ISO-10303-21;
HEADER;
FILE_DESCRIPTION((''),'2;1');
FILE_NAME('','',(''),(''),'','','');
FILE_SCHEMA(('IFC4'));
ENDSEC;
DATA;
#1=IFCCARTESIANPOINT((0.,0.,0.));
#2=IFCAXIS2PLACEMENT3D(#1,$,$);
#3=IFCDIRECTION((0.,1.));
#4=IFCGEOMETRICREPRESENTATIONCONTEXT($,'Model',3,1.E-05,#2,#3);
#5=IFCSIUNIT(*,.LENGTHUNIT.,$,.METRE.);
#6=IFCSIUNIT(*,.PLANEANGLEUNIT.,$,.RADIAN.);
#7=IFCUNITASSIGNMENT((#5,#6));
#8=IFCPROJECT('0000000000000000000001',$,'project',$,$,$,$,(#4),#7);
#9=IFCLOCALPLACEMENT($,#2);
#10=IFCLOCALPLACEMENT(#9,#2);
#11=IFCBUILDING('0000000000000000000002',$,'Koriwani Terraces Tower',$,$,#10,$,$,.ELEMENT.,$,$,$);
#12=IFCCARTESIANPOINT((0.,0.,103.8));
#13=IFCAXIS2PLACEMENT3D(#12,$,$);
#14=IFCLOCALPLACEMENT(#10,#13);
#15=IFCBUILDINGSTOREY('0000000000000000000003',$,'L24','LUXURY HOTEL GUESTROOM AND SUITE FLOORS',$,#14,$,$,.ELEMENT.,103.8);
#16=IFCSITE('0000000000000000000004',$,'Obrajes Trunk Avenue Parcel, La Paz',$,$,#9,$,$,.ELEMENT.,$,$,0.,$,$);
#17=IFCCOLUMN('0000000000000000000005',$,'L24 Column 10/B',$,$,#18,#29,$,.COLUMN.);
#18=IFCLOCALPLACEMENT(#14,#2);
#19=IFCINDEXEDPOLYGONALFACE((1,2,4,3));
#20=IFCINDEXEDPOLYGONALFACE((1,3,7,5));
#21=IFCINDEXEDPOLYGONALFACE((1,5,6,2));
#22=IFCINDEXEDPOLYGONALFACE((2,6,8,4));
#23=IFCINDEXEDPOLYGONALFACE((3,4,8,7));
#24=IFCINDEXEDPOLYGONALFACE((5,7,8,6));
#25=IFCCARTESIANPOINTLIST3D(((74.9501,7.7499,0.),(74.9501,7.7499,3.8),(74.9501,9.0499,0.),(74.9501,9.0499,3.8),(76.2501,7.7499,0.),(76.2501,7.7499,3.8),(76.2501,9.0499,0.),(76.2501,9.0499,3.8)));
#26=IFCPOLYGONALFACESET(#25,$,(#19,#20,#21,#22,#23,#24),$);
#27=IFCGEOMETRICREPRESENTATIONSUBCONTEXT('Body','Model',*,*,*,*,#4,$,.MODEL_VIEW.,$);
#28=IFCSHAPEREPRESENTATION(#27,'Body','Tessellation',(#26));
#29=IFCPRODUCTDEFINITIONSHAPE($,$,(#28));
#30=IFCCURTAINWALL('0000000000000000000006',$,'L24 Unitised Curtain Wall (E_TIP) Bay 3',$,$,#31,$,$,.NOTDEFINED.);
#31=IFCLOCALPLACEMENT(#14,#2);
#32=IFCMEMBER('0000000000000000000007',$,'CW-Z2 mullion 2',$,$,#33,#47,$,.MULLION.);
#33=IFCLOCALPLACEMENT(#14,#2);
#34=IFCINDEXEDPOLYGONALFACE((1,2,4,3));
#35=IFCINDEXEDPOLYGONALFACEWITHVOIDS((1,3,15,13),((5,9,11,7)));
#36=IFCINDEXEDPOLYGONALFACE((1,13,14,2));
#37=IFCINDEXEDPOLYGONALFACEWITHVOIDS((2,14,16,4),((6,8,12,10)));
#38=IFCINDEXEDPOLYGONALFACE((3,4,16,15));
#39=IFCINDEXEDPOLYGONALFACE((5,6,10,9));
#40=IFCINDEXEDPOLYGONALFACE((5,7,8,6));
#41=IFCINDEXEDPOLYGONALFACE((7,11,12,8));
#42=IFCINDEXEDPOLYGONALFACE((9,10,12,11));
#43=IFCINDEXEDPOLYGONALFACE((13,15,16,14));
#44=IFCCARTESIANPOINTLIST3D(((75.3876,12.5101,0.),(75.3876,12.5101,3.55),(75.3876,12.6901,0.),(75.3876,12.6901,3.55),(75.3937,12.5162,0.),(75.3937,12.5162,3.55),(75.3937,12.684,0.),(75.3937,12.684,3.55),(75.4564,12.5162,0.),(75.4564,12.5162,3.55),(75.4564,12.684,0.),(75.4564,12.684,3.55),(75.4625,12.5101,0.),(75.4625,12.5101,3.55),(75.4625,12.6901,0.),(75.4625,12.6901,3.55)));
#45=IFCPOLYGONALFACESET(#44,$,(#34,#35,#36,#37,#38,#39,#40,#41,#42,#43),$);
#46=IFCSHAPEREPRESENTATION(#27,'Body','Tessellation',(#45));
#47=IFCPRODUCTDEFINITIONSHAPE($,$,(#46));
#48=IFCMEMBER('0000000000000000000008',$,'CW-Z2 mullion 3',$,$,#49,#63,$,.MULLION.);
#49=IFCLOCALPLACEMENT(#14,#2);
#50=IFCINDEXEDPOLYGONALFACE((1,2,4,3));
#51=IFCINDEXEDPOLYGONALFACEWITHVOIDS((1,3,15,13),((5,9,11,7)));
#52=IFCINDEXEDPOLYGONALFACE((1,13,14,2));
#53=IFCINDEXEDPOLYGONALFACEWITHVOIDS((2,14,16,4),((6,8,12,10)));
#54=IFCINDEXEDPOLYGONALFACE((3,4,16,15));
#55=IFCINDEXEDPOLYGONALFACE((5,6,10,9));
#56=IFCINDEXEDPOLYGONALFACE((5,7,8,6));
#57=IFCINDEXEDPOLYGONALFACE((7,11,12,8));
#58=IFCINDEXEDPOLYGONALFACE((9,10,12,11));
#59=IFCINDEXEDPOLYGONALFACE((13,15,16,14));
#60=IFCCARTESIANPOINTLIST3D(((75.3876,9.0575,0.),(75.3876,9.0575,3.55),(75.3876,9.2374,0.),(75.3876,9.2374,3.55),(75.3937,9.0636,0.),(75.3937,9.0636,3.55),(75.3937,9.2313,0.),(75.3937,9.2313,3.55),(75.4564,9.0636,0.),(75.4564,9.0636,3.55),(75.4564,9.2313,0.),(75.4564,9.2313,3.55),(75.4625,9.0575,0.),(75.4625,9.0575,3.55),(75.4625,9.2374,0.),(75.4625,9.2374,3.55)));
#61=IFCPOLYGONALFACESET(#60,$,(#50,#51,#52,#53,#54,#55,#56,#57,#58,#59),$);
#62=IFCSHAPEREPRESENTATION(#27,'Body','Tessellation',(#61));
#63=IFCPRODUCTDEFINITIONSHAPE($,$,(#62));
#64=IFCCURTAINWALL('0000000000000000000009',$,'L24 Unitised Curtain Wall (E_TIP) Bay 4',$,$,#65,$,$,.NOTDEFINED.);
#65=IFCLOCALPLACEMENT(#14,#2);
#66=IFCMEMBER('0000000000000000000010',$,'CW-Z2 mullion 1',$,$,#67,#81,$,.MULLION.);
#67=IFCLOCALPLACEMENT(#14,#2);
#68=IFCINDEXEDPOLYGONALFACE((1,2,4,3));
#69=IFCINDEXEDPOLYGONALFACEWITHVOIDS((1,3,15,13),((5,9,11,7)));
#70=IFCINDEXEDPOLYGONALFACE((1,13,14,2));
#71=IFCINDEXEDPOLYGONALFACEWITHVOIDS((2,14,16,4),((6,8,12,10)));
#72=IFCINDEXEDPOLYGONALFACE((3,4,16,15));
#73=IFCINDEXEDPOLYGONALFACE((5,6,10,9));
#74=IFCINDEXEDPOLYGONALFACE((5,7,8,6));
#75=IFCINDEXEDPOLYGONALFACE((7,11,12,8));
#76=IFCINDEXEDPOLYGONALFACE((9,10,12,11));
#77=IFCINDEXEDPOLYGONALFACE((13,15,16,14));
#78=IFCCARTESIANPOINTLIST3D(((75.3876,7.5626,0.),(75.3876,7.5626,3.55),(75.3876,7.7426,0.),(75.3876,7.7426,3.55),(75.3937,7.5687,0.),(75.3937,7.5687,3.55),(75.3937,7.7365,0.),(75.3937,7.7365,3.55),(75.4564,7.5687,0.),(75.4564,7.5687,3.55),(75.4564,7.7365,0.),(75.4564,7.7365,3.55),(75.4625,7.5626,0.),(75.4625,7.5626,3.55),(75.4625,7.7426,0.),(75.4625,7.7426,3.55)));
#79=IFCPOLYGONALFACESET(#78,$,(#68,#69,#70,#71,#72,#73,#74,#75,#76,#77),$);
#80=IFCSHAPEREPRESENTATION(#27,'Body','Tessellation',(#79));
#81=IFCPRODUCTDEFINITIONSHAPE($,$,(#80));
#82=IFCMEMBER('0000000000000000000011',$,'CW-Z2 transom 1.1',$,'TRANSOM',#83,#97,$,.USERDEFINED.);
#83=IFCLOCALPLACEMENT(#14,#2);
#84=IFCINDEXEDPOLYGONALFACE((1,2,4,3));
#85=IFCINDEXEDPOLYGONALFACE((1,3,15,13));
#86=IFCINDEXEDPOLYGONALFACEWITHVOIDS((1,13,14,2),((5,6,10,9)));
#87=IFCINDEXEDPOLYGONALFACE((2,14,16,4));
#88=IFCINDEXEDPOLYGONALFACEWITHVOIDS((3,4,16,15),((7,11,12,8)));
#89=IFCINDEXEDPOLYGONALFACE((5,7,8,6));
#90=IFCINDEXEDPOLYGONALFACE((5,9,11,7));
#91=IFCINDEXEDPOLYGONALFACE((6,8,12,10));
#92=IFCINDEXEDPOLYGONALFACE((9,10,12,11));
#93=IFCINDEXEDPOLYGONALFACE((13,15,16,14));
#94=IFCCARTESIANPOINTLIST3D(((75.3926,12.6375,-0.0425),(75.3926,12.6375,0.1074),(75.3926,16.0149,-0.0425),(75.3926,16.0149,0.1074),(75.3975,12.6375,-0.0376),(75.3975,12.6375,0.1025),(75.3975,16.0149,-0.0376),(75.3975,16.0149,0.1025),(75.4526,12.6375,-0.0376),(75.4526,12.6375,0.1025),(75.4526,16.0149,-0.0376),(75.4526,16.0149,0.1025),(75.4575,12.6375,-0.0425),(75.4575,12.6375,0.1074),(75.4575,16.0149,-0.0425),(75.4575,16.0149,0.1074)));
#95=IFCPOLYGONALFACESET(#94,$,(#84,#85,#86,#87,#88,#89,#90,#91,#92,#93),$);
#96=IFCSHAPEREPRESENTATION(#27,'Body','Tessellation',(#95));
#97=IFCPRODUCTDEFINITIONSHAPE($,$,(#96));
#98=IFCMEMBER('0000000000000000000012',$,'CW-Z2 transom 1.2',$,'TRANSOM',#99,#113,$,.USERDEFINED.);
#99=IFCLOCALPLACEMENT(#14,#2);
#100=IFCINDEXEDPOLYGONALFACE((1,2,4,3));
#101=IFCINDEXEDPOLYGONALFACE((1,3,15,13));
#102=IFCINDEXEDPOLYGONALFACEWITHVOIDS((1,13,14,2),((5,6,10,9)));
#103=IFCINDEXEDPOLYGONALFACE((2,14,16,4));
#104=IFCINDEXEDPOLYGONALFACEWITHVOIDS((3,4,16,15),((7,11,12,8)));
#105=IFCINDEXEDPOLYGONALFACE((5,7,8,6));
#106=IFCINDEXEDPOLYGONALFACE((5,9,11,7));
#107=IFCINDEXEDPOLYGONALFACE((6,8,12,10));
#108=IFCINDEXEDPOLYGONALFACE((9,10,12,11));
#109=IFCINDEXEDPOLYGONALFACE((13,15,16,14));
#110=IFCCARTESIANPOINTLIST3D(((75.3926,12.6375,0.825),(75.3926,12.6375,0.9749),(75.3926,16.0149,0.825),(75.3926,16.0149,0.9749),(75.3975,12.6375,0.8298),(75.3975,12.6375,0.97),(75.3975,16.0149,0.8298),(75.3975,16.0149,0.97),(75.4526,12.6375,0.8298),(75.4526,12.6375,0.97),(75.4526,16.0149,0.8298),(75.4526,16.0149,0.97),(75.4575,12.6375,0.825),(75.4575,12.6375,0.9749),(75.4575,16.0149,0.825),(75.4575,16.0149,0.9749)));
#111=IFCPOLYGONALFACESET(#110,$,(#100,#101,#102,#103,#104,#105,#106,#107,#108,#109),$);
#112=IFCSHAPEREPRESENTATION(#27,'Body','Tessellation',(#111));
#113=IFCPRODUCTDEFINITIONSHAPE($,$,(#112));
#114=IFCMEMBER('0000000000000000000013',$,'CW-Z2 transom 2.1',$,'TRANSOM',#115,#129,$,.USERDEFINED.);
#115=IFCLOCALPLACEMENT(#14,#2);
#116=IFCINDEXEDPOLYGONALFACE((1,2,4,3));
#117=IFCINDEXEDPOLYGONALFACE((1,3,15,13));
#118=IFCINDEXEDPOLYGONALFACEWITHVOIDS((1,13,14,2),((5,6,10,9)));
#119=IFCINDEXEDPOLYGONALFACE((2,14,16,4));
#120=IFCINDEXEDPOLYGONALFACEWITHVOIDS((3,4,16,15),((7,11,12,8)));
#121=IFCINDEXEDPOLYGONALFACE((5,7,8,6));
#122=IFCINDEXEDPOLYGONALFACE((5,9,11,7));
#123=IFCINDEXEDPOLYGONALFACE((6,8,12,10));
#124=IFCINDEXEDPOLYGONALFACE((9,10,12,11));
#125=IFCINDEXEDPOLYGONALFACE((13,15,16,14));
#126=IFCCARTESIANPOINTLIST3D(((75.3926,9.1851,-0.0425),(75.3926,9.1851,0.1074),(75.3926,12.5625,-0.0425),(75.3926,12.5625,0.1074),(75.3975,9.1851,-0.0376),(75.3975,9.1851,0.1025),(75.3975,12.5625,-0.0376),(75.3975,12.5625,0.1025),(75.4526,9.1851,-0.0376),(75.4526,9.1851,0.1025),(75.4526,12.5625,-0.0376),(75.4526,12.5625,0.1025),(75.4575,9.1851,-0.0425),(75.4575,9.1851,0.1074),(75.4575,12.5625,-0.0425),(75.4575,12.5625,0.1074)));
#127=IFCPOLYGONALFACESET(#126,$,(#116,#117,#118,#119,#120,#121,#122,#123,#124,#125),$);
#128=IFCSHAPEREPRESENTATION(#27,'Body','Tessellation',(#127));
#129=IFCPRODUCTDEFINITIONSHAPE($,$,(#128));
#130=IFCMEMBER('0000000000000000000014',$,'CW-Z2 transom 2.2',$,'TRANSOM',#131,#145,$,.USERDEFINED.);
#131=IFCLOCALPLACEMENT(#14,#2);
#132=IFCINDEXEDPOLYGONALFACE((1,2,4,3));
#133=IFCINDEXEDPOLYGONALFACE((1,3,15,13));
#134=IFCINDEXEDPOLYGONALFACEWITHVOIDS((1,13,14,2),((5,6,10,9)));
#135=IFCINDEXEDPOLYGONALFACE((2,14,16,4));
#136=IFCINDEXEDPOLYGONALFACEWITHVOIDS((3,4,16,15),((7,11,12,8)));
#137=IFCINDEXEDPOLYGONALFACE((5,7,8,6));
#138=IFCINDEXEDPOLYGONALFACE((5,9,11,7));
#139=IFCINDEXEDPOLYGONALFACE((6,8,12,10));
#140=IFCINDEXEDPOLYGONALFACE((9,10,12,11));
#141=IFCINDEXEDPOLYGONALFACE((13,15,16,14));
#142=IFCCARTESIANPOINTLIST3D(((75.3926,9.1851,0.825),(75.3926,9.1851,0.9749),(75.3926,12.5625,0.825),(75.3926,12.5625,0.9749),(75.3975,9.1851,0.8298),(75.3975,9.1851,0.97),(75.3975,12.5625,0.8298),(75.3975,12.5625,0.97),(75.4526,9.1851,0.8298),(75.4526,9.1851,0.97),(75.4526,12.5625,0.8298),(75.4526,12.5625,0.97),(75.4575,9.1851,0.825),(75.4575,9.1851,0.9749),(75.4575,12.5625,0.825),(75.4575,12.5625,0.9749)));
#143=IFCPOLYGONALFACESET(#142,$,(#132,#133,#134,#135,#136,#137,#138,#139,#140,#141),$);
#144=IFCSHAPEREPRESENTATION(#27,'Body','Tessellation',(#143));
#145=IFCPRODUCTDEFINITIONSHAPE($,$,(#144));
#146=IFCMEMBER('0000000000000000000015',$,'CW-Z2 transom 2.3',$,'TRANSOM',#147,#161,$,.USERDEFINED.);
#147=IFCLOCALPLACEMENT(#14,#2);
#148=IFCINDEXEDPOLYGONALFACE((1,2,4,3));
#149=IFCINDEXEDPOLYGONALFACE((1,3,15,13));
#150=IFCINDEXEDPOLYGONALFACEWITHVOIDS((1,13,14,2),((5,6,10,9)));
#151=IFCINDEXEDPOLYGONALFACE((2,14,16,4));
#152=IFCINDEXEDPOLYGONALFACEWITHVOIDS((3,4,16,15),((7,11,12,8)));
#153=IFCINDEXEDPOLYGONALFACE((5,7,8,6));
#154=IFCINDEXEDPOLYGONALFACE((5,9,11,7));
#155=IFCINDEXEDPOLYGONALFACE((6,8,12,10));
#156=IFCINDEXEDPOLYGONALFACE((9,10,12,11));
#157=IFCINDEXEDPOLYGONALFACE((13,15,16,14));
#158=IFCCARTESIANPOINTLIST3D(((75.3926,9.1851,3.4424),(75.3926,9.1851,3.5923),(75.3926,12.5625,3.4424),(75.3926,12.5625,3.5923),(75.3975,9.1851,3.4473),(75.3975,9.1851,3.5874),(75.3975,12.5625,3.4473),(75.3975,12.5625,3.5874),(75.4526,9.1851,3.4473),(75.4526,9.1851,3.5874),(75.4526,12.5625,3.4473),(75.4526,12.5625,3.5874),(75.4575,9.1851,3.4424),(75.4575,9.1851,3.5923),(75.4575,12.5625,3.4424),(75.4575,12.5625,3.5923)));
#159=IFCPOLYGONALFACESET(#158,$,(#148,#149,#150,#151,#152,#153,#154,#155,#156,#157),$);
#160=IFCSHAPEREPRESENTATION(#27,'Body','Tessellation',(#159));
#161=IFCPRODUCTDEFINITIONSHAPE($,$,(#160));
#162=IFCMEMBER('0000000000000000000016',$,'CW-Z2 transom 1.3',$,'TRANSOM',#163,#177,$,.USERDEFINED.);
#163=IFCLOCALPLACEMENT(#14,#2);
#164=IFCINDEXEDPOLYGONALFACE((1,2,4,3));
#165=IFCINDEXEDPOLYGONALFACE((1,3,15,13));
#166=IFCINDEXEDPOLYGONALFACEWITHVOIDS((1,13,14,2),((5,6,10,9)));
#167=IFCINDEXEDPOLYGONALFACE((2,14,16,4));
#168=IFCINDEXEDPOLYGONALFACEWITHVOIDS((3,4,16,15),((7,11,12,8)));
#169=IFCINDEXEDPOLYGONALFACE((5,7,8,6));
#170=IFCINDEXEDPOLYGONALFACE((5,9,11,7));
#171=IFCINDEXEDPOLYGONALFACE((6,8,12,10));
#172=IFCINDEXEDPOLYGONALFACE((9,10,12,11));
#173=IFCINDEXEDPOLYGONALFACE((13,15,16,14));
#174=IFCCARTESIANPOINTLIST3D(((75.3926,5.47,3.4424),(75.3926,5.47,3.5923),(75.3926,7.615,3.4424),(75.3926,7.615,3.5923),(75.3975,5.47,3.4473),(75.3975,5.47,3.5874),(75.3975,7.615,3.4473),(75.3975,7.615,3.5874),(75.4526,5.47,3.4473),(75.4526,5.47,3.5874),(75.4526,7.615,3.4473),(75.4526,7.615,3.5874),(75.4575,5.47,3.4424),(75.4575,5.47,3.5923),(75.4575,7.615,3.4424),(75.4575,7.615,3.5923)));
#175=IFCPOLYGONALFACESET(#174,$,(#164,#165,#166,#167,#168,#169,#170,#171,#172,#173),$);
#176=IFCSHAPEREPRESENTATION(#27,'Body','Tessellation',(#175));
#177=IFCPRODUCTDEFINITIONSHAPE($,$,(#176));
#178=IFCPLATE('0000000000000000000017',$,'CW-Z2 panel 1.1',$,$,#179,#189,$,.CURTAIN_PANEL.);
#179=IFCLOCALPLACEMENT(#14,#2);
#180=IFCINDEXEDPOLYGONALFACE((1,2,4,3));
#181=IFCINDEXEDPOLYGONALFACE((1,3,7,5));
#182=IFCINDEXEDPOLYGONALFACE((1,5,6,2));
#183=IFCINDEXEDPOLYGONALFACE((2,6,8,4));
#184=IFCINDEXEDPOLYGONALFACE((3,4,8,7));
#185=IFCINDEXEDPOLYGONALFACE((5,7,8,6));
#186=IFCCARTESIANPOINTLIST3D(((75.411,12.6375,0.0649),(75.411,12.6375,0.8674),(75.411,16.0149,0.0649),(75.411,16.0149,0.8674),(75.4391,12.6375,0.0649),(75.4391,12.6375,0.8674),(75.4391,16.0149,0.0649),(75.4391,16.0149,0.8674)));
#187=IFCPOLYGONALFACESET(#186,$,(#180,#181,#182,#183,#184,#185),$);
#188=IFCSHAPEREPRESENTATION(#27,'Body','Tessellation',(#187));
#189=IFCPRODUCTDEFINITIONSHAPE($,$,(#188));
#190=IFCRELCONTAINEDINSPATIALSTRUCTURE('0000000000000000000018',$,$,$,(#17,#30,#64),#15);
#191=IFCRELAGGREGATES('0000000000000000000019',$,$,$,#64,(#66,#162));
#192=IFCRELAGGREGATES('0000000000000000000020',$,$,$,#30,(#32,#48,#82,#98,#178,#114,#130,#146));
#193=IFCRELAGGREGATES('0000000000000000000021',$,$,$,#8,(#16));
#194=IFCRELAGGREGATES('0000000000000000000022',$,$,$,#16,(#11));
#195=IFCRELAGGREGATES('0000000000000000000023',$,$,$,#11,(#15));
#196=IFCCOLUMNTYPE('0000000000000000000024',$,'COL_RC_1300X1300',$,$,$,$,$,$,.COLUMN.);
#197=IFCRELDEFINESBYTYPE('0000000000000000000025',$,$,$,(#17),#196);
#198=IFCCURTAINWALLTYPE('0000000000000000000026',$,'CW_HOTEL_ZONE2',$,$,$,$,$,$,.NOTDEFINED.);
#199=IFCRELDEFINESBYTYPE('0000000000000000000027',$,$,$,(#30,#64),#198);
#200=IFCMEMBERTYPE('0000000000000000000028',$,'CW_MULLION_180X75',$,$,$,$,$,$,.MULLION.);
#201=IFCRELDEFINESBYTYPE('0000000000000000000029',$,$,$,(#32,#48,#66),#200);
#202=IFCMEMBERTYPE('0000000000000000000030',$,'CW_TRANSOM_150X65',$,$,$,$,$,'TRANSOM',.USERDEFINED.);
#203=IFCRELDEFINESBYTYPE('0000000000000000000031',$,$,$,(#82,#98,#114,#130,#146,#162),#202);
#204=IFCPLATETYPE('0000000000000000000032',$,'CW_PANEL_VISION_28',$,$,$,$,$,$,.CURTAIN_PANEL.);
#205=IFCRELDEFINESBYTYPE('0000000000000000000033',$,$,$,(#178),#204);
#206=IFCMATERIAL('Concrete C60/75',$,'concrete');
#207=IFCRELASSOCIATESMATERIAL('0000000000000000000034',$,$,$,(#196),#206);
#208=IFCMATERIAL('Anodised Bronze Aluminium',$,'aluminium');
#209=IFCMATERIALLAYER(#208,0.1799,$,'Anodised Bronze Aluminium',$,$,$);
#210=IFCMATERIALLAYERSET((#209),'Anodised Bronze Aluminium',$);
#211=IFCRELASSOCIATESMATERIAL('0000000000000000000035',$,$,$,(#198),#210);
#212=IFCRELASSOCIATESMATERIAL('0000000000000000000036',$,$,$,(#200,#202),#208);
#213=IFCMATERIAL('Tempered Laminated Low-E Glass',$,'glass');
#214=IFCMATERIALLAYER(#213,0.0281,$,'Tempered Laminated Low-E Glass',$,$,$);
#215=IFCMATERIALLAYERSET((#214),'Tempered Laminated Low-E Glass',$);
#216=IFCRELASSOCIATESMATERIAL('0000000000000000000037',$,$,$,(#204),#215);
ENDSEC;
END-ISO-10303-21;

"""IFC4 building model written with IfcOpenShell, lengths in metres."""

from ifc_helpers import new_model, si_unit, direction, frame, origin, origin_2d, place, context, subcontext, project, spatial, rectangle, hollow_rectangle, extrude, material, layer, layer_set, material_profile, profile_set, type_object, element, aggregate, save


model = new_model("IFC4")

# Units and contexts
model_context = context("Model", 3, precision=1e-05, world=origin(), true_north=direction((0.0, 1.0)))
body_context = subcontext(model_context, "Body", "Model", "MODEL_VIEW")
ifc_project = project(units=[si_unit("LENGTHUNIT", "METRE"), si_unit("PLANEANGLEUNIT", "RADIAN")], contexts=[model_context])

# Site, building, storey
site_placement = place(None, origin())
site = spatial("IfcSite", under=ifc_project, at=site_placement, Name="Obrajes Trunk Avenue Parcel, La Paz", CompositionType="ELEMENT", RefElevation=0.0)
building_placement = place(site_placement, origin())
building = spatial("IfcBuilding", under=site, at=building_placement, Name="Koriwani Terraces Tower", CompositionType="ELEMENT")
storey_placement = place(building_placement, frame((0.0, 0.0, 103.8)))
storey = spatial("IfcBuildingStorey", under=building, at=storey_placement, Name="L24", Description="LUXURY HOTEL GUESTROOM AND SUITE FLOORS", CompositionType="ELEMENT", Elevation=103.8)

# Column
ifc_material_1 = material(Name="Concrete C60/75", Category="concrete")
ifc_material_profile_1 = material_profile(ifc_material_1, rectangle(XDim=1.3, YDim=1.3, at=origin_2d()), Name="Concrete C60/75", Category="LoadBearing")
ifc_profile_set_1 = profile_set([ifc_material_profile_1], Name="Concrete C60/75")
column_type = type_object("IfcColumnType", Name="COL_RC_1300X1300", PredefinedType="COLUMN", material=ifc_profile_set_1)
column_placement = place(storey_placement, frame((75.6001, 8.3999, 0.0), z_axis=(0.0, 0.0, 1.0), x_axis=(1.0, 0.0, 0.0)))
element("IfcColumn", 1, at=column_placement, inside=storey, type_object=column_type, Name="L24 Column 10/B", PredefinedType="COLUMN", context=body_context, shape_type="SweptSolid", body=[
    extrude(rectangle(XDim=1.3, YDim=1.3, at=origin_2d()), origin(), (0.0, 0.0, 1.0), 3.8),
])

# Curtain wall, members
ifc_material_2 = material(Name="Anodised Bronze Aluminium", Category="aluminium")
ifc_layer_1 = layer(ifc_material_2, 0.1799, Name="Anodised Bronze Aluminium")
ifc_layer_set_1 = layer_set([ifc_layer_1], Name="Anodised Bronze Aluminium")
curtain_wall_type = type_object("IfcCurtainWallType", Name="CW_HOTEL_ZONE2", PredefinedType="NOTDEFINED", material=ifc_layer_set_1)
curtain_wall_1_placement = place(storey_placement, origin())
curtain_wall_1 = element("IfcCurtainWall", 2, at=curtain_wall_1_placement, inside=storey, type_object=curtain_wall_type, Name="L24 Unitised Curtain Wall (E_TIP) Bay 3", PredefinedType="NOTDEFINED")
ifc_material_profile_2 = material_profile(ifc_material_2, hollow_rectangle(XDim=0.075, YDim=0.1799, WallThickness=0.0061, at=origin_2d()), Name="Anodised Bronze Aluminium", Category="LoadBearing")
ifc_profile_set_2 = profile_set([ifc_material_profile_2], Name="Anodised Bronze Aluminium")
member_type_1 = type_object("IfcMemberType", Name="CW_MULLION_180X75", PredefinedType="MULLION", material=ifc_profile_set_2)
member_1_placement = place(storey_placement, frame((75.425, 12.6001, 0.0), z_axis=(0.0, 0.0, 1.0), x_axis=(1.0, 0.0, 0.0)))
member_1 = element("IfcMember", 3, at=member_1_placement, type_object=member_type_1, Name="CW-Z2 mullion 2", PredefinedType="MULLION", context=body_context, shape_type="SweptSolid", body=[
    extrude(hollow_rectangle(XDim=0.075, YDim=0.1799, WallThickness=0.0061, at=origin_2d()), origin(), (0.0, 0.0, 1.0), 3.55),
])
member_2_placement = place(storey_placement, frame((75.425, 9.1475, 0.0), z_axis=(0.0, 0.0, 1.0), x_axis=(1.0, 0.0, 0.0)))
member_2 = element("IfcMember", 4, at=member_2_placement, type_object=member_type_1, Name="CW-Z2 mullion 3", PredefinedType="MULLION", context=body_context, shape_type="SweptSolid", body=[
    extrude(hollow_rectangle(XDim=0.075, YDim=0.1799, WallThickness=0.0061, at=origin_2d()), origin(), (0.0, 0.0, 1.0), 3.55),
])

# Curtain wall, member
curtain_wall_2_placement = place(storey_placement, origin())
curtain_wall_2 = element("IfcCurtainWall", 5, at=curtain_wall_2_placement, inside=storey, type_object=curtain_wall_type, Name="L24 Unitised Curtain Wall (E_TIP) Bay 4", PredefinedType="NOTDEFINED")
member_3_placement = place(storey_placement, frame((75.425, 7.6526, 0.0), z_axis=(0.0, 0.0, 1.0), x_axis=(1.0, 0.0, 0.0)))
member_3 = element("IfcMember", 6, at=member_3_placement, type_object=member_type_1, Name="CW-Z2 mullion 1", PredefinedType="MULLION", context=body_context, shape_type="SweptSolid", body=[
    extrude(hollow_rectangle(XDim=0.075, YDim=0.1799, WallThickness=0.0061, at=origin_2d()), origin(), (0.0, 0.0, 1.0), 3.55),
])

# Members
ifc_material_profile_3 = material_profile(ifc_material_2, hollow_rectangle(XDim=0.0649, YDim=0.1499, WallThickness=0.0049, at=origin_2d()), Name="Anodised Bronze Aluminium", Category="LoadBearing")
ifc_profile_set_3 = profile_set([ifc_material_profile_3], Name="Anodised Bronze Aluminium")
member_type_2 = type_object("IfcMemberType", Name="CW_TRANSOM_150X65", ElementType="TRANSOM", PredefinedType="USERDEFINED", material=ifc_profile_set_3)
member_4_placement = place(storey_placement, frame((75.425, 16.0149, 0.0325), z_axis=(0.0, -1.0, 0.0), x_axis=(1.0, 0.0, 0.0)))
member_4 = element("IfcMember", 7, at=member_4_placement, type_object=member_type_2, Name="CW-Z2 transom 1.1", ObjectType="TRANSOM", PredefinedType="USERDEFINED", context=body_context, shape_type="SweptSolid", body=[
    extrude(hollow_rectangle(XDim=0.0649, YDim=0.1499, WallThickness=0.0049, at=origin_2d()), origin(), (0.0, 0.0, 1.0), 3.3774),
])
member_5_placement = place(storey_placement, frame((75.425, 16.0149, 0.8999), z_axis=(0.0, -1.0, 0.0), x_axis=(1.0, 0.0, 0.0)))
member_5 = element("IfcMember", 8, at=member_5_placement, type_object=member_type_2, Name="CW-Z2 transom 1.2", ObjectType="TRANSOM", PredefinedType="USERDEFINED", context=body_context, shape_type="SweptSolid", body=[
    extrude(hollow_rectangle(XDim=0.0649, YDim=0.1499, WallThickness=0.0049, at=origin_2d()), origin(), (0.0, 0.0, 1.0), 3.3774),
])
member_6_placement = place(storey_placement, frame((75.425, 12.5625, 0.0325), z_axis=(0.0, -1.0, 0.0), x_axis=(1.0, 0.0, 0.0)))
member_6 = element("IfcMember", 9, at=member_6_placement, type_object=member_type_2, Name="CW-Z2 transom 2.1", ObjectType="TRANSOM", PredefinedType="USERDEFINED", context=body_context, shape_type="SweptSolid", body=[
    extrude(hollow_rectangle(XDim=0.0649, YDim=0.1499, WallThickness=0.0049, at=origin_2d()), origin(), (0.0, 0.0, 1.0), 3.3774),
])
member_7_placement = place(storey_placement, frame((75.425, 12.5625, 0.8999), z_axis=(0.0, -1.0, 0.0), x_axis=(1.0, 0.0, 0.0)))
member_7 = element("IfcMember", 10, at=member_7_placement, type_object=member_type_2, Name="CW-Z2 transom 2.2", ObjectType="TRANSOM", PredefinedType="USERDEFINED", context=body_context, shape_type="SweptSolid", body=[
    extrude(hollow_rectangle(XDim=0.0649, YDim=0.1499, WallThickness=0.0049, at=origin_2d()), origin(), (0.0, 0.0, 1.0), 3.3774),
])
member_8_placement = place(storey_placement, frame((75.425, 12.5625, 3.5173), z_axis=(0.0, -1.0, 0.0), x_axis=(1.0, 0.0, 0.0)))
member_8 = element("IfcMember", 11, at=member_8_placement, type_object=member_type_2, Name="CW-Z2 transom 2.3", ObjectType="TRANSOM", PredefinedType="USERDEFINED", context=body_context, shape_type="SweptSolid", body=[
    extrude(hollow_rectangle(XDim=0.0649, YDim=0.1499, WallThickness=0.0049, at=origin_2d()), origin(), (0.0, 0.0, 1.0), 3.3774),
])
member_9_placement = place(storey_placement, frame((75.425, 7.615, 3.5173), z_axis=(0.0, -1.0, 0.0), x_axis=(1.0, 0.0, 0.0)))
member_9 = element("IfcMember", 12, at=member_9_placement, type_object=member_type_2, Name="CW-Z2 transom 1.3", ObjectType="TRANSOM", PredefinedType="USERDEFINED", context=body_context, shape_type="SweptSolid", body=[
    extrude(hollow_rectangle(XDim=0.0649, YDim=0.1499, WallThickness=0.0049, at=origin_2d()), origin(), (0.0, 0.0, 1.0), 2.145),
])
aggregate(curtain_wall_2, [member_3, member_9])

# Plate
ifc_material_3 = material(Name="Tempered Laminated Low-E Glass", Category="glass")
ifc_layer_2 = layer(ifc_material_3, 0.0281, Name="Tempered Laminated Low-E Glass")
ifc_layer_set_2 = layer_set([ifc_layer_2], Name="Tempered Laminated Low-E Glass")
plate_type = type_object("IfcPlateType", Name="CW_PANEL_VISION_28", PredefinedType="CURTAIN_PANEL", material=ifc_layer_set_2)
plate_1_placement = place(storey_placement, frame((75.425, 14.3262, 0.0649), z_axis=(0.0, 0.0, 1.0), x_axis=(0.0, -1.0, 0.0)))
plate_1 = element("IfcPlate", 13, at=plate_1_placement, type_object=plate_type, Name="CW-Z2 panel 1.1", PredefinedType="CURTAIN_PANEL", context=body_context, shape_type="SweptSolid", body=[
    extrude(rectangle(XDim=3.3774, YDim=0.0281, at=origin_2d()), origin(), (0.0, 0.0, 1.0), 0.8025),
])
aggregate(curtain_wall_1, [member_1, member_2, member_4, member_5, plate_1, member_6, member_7, member_8])

save(model, "model.ifc")
